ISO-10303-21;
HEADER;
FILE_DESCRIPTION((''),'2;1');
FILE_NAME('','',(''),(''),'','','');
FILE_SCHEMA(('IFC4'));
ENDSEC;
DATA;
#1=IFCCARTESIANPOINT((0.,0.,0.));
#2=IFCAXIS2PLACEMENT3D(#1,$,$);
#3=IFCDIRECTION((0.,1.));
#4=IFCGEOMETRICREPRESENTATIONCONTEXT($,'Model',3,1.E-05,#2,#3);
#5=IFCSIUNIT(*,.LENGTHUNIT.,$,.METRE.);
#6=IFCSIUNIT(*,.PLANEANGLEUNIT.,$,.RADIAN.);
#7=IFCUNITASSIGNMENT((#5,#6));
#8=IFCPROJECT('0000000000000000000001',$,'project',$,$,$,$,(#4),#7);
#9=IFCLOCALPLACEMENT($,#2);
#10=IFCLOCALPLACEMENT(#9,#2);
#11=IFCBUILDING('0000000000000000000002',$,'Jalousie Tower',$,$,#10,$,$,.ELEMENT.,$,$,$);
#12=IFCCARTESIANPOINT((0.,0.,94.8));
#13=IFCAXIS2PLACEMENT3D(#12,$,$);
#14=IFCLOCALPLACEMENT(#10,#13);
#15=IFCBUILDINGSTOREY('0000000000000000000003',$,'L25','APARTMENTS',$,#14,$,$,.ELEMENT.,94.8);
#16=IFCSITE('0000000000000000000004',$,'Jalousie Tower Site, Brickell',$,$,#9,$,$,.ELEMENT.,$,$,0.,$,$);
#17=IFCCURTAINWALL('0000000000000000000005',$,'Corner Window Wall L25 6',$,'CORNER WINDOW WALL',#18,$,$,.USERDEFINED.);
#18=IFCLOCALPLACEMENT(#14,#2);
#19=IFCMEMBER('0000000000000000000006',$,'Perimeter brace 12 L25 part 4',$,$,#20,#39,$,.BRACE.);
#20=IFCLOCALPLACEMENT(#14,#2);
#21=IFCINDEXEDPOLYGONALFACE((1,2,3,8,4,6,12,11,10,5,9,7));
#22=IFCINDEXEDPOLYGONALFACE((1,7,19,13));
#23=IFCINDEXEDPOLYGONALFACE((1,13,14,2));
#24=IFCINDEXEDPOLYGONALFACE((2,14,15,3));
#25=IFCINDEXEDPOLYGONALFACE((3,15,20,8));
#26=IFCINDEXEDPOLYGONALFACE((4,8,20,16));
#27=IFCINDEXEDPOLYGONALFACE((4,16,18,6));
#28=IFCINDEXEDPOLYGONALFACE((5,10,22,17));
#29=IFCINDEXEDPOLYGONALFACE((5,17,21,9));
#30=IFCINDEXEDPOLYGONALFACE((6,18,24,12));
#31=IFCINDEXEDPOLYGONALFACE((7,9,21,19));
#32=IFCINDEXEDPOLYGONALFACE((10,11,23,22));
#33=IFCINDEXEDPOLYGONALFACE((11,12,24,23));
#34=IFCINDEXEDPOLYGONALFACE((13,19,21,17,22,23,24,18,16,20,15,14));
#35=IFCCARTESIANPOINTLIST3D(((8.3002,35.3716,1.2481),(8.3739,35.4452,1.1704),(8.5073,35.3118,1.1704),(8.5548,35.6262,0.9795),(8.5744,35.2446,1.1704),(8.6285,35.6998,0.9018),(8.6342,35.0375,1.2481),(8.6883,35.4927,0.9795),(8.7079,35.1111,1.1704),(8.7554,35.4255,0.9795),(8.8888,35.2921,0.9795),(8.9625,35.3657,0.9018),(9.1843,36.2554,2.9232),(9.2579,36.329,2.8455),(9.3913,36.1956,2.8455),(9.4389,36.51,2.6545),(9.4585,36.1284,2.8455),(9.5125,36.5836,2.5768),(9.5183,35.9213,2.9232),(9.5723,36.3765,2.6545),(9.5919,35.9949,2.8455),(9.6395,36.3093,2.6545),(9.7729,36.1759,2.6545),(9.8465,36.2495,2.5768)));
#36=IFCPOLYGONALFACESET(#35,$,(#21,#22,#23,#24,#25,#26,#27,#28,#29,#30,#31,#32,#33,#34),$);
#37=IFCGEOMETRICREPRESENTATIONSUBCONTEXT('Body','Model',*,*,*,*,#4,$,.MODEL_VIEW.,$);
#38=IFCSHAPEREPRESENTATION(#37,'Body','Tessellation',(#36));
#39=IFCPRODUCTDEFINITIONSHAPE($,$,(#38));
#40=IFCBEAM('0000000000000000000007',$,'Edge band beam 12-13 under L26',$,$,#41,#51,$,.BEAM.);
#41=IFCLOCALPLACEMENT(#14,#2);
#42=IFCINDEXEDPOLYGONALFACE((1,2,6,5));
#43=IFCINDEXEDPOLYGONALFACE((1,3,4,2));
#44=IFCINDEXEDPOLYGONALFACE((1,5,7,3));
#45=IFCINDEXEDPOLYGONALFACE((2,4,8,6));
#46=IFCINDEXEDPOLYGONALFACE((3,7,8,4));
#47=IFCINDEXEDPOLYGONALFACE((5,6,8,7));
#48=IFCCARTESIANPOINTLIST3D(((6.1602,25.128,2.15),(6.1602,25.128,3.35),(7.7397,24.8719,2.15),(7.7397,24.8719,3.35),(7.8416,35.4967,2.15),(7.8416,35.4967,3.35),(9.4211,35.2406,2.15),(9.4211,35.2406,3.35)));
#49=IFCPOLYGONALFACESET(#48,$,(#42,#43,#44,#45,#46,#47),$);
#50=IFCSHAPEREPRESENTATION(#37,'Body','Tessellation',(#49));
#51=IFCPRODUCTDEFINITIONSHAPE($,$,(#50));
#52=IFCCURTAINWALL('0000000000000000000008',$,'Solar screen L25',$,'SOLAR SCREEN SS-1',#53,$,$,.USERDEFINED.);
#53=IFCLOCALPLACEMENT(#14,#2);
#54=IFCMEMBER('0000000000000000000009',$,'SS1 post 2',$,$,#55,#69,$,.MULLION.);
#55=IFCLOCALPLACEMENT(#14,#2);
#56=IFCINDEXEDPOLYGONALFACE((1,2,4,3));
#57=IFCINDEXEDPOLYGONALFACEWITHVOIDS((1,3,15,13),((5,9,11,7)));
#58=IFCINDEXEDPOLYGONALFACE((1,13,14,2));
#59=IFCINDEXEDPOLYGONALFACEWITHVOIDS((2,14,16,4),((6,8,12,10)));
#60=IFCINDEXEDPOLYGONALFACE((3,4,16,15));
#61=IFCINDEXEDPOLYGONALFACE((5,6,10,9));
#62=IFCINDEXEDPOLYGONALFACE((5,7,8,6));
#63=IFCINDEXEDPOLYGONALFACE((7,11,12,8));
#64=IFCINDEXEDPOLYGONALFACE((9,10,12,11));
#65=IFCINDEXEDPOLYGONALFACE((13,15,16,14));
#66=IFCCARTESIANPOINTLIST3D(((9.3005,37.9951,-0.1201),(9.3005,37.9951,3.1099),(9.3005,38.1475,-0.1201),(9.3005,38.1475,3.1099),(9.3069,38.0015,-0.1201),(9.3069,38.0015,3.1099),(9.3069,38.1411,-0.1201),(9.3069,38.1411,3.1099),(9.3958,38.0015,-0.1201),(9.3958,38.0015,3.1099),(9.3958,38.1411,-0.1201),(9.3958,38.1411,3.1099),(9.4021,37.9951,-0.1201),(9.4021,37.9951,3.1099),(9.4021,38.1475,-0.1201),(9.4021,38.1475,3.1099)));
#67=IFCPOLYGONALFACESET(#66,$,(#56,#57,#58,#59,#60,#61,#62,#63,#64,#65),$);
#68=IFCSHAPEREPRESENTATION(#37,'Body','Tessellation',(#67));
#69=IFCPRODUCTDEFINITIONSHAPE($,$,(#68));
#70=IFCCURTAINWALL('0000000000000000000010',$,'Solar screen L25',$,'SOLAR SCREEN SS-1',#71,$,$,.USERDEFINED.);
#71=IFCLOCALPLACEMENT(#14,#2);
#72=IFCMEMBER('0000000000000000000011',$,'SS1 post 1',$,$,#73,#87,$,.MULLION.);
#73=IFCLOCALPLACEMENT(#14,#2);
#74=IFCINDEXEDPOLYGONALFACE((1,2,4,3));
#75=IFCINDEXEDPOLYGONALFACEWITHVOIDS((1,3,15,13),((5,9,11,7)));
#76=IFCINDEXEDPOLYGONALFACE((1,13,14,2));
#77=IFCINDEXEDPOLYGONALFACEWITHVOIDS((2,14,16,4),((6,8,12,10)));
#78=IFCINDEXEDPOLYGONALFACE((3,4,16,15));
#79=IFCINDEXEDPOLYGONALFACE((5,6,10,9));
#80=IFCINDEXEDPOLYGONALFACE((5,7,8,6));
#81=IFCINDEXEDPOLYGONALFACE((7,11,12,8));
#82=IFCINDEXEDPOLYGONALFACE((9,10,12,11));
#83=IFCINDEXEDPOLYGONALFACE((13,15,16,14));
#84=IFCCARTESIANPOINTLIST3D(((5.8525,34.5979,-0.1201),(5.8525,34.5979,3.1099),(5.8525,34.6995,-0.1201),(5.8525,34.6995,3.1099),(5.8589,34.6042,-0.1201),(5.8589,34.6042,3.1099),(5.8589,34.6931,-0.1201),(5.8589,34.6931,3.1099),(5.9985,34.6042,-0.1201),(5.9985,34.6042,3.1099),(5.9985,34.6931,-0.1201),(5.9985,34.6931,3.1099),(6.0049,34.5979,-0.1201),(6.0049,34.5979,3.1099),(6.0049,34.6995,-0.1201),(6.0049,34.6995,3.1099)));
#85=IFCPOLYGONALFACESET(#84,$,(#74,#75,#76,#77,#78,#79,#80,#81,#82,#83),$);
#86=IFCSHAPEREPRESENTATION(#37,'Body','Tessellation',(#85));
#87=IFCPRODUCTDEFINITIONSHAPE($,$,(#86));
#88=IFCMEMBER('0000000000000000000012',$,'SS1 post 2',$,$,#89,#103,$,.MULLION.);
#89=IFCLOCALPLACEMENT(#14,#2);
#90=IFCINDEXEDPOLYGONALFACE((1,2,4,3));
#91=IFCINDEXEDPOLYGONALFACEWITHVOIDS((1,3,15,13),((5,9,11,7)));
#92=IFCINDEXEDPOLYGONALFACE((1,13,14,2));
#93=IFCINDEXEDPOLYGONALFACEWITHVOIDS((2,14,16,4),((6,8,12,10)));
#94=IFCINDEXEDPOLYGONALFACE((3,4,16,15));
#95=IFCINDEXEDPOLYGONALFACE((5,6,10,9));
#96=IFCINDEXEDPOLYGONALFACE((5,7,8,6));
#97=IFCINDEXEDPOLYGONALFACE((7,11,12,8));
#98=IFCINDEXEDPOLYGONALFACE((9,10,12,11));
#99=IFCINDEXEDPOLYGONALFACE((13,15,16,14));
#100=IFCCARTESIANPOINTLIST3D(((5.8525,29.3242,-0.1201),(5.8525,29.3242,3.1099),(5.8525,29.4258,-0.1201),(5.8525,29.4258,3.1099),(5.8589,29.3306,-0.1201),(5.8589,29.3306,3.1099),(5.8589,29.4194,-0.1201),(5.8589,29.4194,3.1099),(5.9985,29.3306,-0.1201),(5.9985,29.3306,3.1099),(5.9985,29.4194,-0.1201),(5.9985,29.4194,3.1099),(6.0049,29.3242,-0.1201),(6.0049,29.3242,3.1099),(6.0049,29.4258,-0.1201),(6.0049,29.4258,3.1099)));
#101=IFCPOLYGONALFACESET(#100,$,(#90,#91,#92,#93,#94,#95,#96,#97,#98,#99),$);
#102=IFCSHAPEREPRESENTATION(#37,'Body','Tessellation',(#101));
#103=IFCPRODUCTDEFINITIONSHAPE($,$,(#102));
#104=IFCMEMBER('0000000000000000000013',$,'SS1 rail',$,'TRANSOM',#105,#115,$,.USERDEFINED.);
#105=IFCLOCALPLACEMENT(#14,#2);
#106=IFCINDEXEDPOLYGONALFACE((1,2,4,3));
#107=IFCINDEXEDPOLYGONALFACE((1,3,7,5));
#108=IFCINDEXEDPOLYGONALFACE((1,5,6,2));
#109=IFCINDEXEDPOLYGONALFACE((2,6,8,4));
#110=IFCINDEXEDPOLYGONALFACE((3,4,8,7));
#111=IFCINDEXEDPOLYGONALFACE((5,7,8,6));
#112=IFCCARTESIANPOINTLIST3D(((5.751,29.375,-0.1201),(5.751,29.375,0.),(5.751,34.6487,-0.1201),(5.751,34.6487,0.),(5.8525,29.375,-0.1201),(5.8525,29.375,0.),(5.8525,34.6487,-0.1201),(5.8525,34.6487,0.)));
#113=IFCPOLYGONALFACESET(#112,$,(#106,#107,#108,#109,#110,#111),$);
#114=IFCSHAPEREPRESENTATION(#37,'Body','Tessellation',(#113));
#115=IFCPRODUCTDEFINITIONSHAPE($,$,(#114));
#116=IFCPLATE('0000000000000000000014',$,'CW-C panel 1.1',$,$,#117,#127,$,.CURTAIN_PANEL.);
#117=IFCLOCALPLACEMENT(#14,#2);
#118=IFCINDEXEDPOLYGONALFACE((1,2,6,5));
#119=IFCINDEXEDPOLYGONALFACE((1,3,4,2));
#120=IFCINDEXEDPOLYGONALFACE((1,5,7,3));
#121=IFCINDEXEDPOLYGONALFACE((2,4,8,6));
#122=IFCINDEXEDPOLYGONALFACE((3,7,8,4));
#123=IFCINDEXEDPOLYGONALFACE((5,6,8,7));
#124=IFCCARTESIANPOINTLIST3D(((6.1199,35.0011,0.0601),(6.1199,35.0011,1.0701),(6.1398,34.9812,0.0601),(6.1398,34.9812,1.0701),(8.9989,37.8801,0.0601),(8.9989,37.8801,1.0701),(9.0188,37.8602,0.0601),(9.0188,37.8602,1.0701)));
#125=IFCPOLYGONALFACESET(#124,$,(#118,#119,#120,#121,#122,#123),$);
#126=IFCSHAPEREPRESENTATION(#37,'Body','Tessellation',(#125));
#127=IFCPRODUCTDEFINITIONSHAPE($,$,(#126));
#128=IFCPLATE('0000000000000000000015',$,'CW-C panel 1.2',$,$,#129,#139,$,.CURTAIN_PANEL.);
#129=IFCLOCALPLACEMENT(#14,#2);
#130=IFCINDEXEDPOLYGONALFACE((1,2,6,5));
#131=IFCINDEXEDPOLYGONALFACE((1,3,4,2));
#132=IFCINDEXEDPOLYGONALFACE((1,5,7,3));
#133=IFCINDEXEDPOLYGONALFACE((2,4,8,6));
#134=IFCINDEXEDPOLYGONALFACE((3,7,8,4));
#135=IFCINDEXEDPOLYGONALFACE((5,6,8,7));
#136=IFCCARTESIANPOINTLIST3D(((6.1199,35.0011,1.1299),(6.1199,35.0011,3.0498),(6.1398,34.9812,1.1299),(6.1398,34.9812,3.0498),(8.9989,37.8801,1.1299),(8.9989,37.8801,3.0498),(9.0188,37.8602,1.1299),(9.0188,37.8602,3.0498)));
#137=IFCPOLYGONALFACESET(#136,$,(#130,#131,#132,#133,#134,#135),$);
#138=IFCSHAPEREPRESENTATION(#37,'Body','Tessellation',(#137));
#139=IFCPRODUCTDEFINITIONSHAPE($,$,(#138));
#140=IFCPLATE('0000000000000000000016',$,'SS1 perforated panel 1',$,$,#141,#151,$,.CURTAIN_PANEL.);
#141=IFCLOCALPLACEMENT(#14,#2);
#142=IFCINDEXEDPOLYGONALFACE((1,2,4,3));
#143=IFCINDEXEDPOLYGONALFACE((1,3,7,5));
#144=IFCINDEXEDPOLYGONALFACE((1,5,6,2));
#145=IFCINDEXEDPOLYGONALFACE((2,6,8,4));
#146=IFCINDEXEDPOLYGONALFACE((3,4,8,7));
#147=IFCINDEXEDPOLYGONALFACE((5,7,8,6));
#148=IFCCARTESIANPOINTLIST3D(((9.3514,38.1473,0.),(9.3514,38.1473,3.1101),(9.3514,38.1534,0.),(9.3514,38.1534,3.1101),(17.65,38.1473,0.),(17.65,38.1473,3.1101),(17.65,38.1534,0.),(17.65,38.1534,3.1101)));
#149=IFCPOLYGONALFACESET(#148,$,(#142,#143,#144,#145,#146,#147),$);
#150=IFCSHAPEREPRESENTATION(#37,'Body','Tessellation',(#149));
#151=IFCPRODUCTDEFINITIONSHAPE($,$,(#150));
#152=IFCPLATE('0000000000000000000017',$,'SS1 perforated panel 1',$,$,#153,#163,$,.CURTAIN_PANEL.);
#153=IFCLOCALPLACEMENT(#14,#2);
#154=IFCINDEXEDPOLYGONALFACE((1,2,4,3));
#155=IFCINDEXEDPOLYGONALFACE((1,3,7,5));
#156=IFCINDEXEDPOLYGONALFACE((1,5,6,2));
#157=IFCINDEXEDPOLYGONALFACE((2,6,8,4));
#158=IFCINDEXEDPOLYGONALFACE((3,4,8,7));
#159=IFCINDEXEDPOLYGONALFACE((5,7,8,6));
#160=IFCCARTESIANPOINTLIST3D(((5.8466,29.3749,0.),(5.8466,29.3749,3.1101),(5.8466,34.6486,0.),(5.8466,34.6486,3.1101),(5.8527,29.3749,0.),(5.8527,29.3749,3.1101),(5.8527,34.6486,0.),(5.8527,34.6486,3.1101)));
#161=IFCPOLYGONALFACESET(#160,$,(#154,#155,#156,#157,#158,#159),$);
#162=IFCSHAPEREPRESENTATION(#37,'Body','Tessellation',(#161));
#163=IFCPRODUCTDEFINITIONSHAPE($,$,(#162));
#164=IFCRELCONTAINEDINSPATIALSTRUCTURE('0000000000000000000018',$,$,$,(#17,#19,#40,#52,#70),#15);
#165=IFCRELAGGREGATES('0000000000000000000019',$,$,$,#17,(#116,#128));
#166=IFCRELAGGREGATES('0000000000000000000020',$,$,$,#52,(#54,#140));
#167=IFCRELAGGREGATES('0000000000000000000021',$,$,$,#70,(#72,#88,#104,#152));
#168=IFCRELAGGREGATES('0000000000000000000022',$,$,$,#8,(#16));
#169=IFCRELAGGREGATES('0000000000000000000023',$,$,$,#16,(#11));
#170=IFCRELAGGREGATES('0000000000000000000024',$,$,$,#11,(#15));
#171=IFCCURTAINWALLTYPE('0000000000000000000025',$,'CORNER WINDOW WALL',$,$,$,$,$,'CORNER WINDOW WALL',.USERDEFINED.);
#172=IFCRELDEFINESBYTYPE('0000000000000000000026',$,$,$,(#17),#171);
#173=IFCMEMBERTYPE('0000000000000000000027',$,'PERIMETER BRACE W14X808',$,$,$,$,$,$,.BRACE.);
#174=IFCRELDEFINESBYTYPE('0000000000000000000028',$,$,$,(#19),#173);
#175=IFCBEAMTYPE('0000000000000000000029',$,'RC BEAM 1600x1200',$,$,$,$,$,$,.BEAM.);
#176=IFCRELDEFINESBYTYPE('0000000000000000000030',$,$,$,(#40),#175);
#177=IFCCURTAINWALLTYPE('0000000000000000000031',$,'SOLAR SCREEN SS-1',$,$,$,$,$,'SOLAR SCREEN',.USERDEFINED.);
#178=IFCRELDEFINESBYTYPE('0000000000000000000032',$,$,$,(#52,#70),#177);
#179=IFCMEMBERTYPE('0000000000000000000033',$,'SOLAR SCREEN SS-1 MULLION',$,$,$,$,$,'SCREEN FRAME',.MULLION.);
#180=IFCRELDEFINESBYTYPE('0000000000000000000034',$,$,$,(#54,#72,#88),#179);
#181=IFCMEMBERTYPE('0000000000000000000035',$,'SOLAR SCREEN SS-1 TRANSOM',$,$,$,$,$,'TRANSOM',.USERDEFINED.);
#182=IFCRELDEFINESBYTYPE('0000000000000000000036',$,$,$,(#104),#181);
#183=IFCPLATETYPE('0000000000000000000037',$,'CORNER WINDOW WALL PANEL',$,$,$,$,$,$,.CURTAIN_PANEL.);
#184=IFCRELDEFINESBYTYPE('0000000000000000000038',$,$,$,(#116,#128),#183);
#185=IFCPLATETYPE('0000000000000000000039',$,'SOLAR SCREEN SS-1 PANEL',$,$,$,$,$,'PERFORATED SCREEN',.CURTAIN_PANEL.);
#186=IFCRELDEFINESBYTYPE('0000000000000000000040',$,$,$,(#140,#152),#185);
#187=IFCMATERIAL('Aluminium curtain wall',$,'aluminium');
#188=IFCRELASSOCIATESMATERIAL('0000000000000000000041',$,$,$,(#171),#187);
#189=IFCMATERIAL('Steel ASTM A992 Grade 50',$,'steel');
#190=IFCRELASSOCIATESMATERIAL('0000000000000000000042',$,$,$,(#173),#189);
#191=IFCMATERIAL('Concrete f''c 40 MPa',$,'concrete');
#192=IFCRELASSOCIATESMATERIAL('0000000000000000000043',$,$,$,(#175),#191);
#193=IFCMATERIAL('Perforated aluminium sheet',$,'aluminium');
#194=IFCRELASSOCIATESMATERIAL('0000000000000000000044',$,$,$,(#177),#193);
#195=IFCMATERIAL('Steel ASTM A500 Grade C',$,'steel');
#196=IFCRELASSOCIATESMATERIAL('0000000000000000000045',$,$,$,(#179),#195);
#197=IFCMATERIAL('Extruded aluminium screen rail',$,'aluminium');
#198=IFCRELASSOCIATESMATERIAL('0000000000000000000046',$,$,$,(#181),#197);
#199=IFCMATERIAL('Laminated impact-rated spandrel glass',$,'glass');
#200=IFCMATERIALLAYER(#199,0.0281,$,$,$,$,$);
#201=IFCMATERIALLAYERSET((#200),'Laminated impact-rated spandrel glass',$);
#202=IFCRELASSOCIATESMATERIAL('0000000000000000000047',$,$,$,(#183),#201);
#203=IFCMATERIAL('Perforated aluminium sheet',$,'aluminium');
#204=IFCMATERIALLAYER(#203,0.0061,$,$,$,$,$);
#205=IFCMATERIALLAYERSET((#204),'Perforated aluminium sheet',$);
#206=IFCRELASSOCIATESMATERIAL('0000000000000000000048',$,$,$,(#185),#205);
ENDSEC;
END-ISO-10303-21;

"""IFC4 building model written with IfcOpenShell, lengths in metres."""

from ifc_helpers import new_model, si_unit, direction, frame, origin, origin_2d, place, context, subcontext, project, spatial, rectangle, hollow_rectangle, i_section, extrude, material, layer, layer_set, material_profile, profile_set, type_object, element, aggregate, save


model = new_model("IFC4")

# Units and contexts
model_context = context("Model", 3, precision=1e-05, world=origin(), true_north=direction((0.0, 1.0)))
body_context = subcontext(model_context, "Body", "Model", "MODEL_VIEW")
ifc_project = project(units=[si_unit("LENGTHUNIT", "METRE"), si_unit("PLANEANGLEUNIT", "RADIAN")], contexts=[model_context])

# Site, building, storey
site_placement = place(None, origin())
site = spatial("IfcSite", under=ifc_project, at=site_placement, Name="Jalousie Tower Site, Brickell", CompositionType="ELEMENT", RefElevation=0.0)
building_placement = place(site_placement, origin())
building = spatial("IfcBuilding", under=site, at=building_placement, Name="Jalousie Tower", CompositionType="ELEMENT")
storey_placement = place(building_placement, frame((0.0, 0.0, 94.8)))
storey = spatial("IfcBuildingStorey", under=building, at=storey_placement, Name="L25", Description="APARTMENTS", CompositionType="ELEMENT", Elevation=94.8)

# Curtain wall
ifc_material_1 = material(Name="Aluminium curtain wall", Category="aluminium")
curtain_wall_type_1 = type_object("IfcCurtainWallType", Name="CORNER WINDOW WALL", ElementType="CORNER WINDOW WALL", PredefinedType="USERDEFINED", material=ifc_material_1)
curtain_wall_1_placement = place(storey_placement, origin())
curtain_wall_1 = element("IfcCurtainWall", 1, at=curtain_wall_1_placement, inside=storey, type_object=curtain_wall_type_1, Name="Corner Window Wall L25 6", ObjectType="CORNER WINDOW WALL", PredefinedType="USERDEFINED")

# Member
ifc_material_2 = material(Name="Steel ASTM A992 Grade 50", Category="steel")
ifc_material_profile_1 = material_profile(ifc_material_2, i_section(OverallWidth=0.4724, OverallDepth=0.5791, WebThickness=0.095, FlangeThickness=0.1299, at=origin_2d()), Name="W14X808")
ifc_profile_set_1 = profile_set([ifc_material_profile_1], Name="Steel ASTM A992 Grade 50")
member_type_1 = type_object("IfcMemberType", Name="PERIMETER BRACE W14X808", PredefinedType="BRACE", material=ifc_profile_set_1)
for number, where, z_axis, x_axis, name in (
    (2, (8.6313, 35.3687, 1.075), (0.422969, 0.422852, 0.801432), (-0.707009, 0.707204, 0.0), "Perimeter brace 12 L25 part 4"),
):
    element("IfcMember", number, at=place(storey_placement, frame(where, z_axis=z_axis, x_axis=x_axis)), inside=storey, type_object=member_type_1, Name=name, PredefinedType="BRACE", context=body_context, shape_type="SweptSolid", body=[
        extrude(i_section(OverallWidth=0.4724, OverallDepth=0.5791, WebThickness=0.095, FlangeThickness=0.1299, at=origin_2d()), origin(), (0.0, 0.0, 1.0), 2.0901),
    ])

# Beam
ifc_material_3 = material(Name="Concrete f'c 40 MPa", Category="concrete")
ifc_material_profile_2 = material_profile(ifc_material_3, rectangle(XDim=1.6001, YDim=1.2, at=origin_2d()), Name="RC 1600x1200")
ifc_profile_set_2 = profile_set([ifc_material_profile_2], Name="Concrete f'c 40 MPa")
beam_type_1 = type_object("IfcBeamType", Name="RC BEAM 1600x1200", PredefinedType="BEAM", material=ifc_profile_set_2)
beam_1_placement = place(storey_placement, frame((8.6313, 35.3687, 2.75), z_axis=(-0.160071, -0.987106, 0.0), x_axis=(0.987106, -0.160071, 0.0)))
element("IfcBeam", 3, at=beam_1_placement, inside=storey, type_object=beam_type_1, Name="Edge band beam 12-13 under L26", PredefinedType="BEAM", context=body_context, shape_type="SweptSolid", body=[
    extrude(rectangle(XDim=1.6001, YDim=1.2, at=origin_2d()), origin(), (0.0, 0.0, 1.0), 10.5042),
])

# Curtain wall, member
ifc_material_4 = material(Name="Perforated aluminium sheet", Category="aluminium")
curtain_wall_type_2 = type_object("IfcCurtainWallType", Name="SOLAR SCREEN SS-1", ElementType="SOLAR SCREEN", PredefinedType="USERDEFINED", material=ifc_material_4)
curtain_wall_2_placement = place(storey_placement, origin())
curtain_wall_2 = element("IfcCurtainWall", 4, at=curtain_wall_2_placement, inside=storey, type_object=curtain_wall_type_2, Name="Solar screen L25", ObjectType="SOLAR SCREEN SS-1", PredefinedType="USERDEFINED")
ifc_material_5 = material(Name="Steel ASTM A500 Grade C", Category="steel")
ifc_material_profile_3 = material_profile(ifc_material_5, hollow_rectangle(XDim=0.1016, YDim=0.1523, WallThickness=0.0063, at=origin_2d()), Name="HSS6X4X1/4")
ifc_profile_set_3 = profile_set([ifc_material_profile_3], Name="Steel ASTM A500 Grade C")
member_type_2 = type_object("IfcMemberType", Name="SOLAR SCREEN SS-1 MULLION", ElementType="SCREEN FRAME", PredefinedType="MULLION", material=ifc_profile_set_3)
member_1_placement = place(storey_placement, frame((9.3513, 38.0713, -0.1201), z_axis=(0.0, 0.0, 1.0), x_axis=(-1.0, 0.0, 0.0)))
member_1 = element("IfcMember", 5, at=member_1_placement, type_object=member_type_2, Name="SS1 post 2", PredefinedType="MULLION", context=body_context, shape_type="SweptSolid", body=[
    extrude(hollow_rectangle(XDim=0.1016, YDim=0.1523, WallThickness=0.0063, at=origin_2d()), origin(), (0.0, 0.0, 1.0), 3.23),
])

# Curtain wall, members
curtain_wall_3_placement = place(storey_placement, origin())
curtain_wall_3 = element("IfcCurtainWall", 6, at=curtain_wall_3_placement, inside=storey, type_object=curtain_wall_type_2, Name="Solar screen L25", ObjectType="SOLAR SCREEN SS-1", PredefinedType="USERDEFINED")
member_2_placement = place(storey_placement, frame((5.9287, 34.6487, -0.1201), z_axis=(0.0, 0.0, 1.0), x_axis=(0.0, -1.0, 0.0)))
member_2 = element("IfcMember", 7, at=member_2_placement, type_object=member_type_2, Name="SS1 post 1", PredefinedType="MULLION", context=body_context, shape_type="SweptSolid", body=[
    extrude(hollow_rectangle(XDim=0.1016, YDim=0.1523, WallThickness=0.0063, at=origin_2d()), origin(), (0.0, 0.0, 1.0), 3.23),
])
member_3_placement = place(storey_placement, frame((5.9287, 29.375, -0.1201), z_axis=(0.0, 0.0, 1.0), x_axis=(0.0, -1.0, 0.0)))
member_3 = element("IfcMember", 8, at=member_3_placement, type_object=member_type_2, Name="SS1 post 2", PredefinedType="MULLION", context=body_context, shape_type="SweptSolid", body=[
    extrude(hollow_rectangle(XDim=0.1016, YDim=0.1523, WallThickness=0.0063, at=origin_2d()), origin(), (0.0, 0.0, 1.0), 3.23),
])
ifc_material_6 = material(Name="Extruded aluminium screen rail", Category="aluminium")
ifc_material_profile_4 = material_profile(ifc_material_6, rectangle(XDim=0.1016, YDim=0.1201, at=origin_2d()), Name="RAIL 102x120")
ifc_profile_set_4 = profile_set([ifc_material_profile_4], Name="Extruded aluminium screen rail")
member_type_3 = type_object("IfcMemberType", Name="SOLAR SCREEN SS-1 TRANSOM", ElementType="TRANSOM", PredefinedType="USERDEFINED", material=ifc_profile_set_4)
member_4_placement = place(storey_placement, frame((5.8018, 34.6487, -0.0601), z_axis=(0.0, -1.0, 0.0), x_axis=(1.0, 0.0, 0.0)))
member_4 = element("IfcMember", 9, at=member_4_placement, type_object=member_type_3, Name="SS1 rail", ObjectType="TRANSOM", PredefinedType="USERDEFINED", context=body_context, shape_type="SweptSolid", body=[
    extrude(rectangle(XDim=0.1016, YDim=0.1201, at=origin_2d()), origin(), (0.0, 0.0, 1.0), 5.2737),
])

# Plates
ifc_material_7 = material(Name="Laminated impact-rated spandrel glass", Category="glass")
ifc_layer_1 = layer(ifc_material_7, 0.0281)
ifc_layer_set_1 = layer_set([ifc_layer_1], Name="Laminated impact-rated spandrel glass")
plate_type_1 = type_object("IfcPlateType", Name="CORNER WINDOW WALL PANEL", PredefinedType="CURTAIN_PANEL", material=ifc_layer_set_1)
plate_1_placement = place(storey_placement, frame((7.5693, 36.4307, 0.0601), z_axis=(0.0, 0.0, 1.0), x_axis=(-0.707107, -0.707107, 0.0)))
plate_1 = element("IfcPlate", 10, at=plate_1_placement, type_object=plate_type_1, Name="CW-C panel 1.1", PredefinedType="CURTAIN_PANEL", context=body_context, shape_type="SweptSolid", body=[
    extrude(rectangle(XDim=4.0715, YDim=0.0281, at=origin_2d()), origin(), (0.0, 0.0, 1.0), 1.01),
])
plate_2_placement = place(storey_placement, frame((7.5693, 36.4307, 1.1299), z_axis=(0.0, 0.0, 1.0), x_axis=(-0.707107, -0.707107, 0.0)))
plate_2 = element("IfcPlate", 11, at=plate_2_placement, type_object=plate_type_1, Name="CW-C panel 1.2", PredefinedType="CURTAIN_PANEL", context=body_context, shape_type="SweptSolid", body=[
    extrude(rectangle(XDim=4.0715, YDim=0.0281, at=origin_2d()), origin(), (0.0, 0.0, 1.0), 1.9199),
])
aggregate(curtain_wall_1, [plate_1, plate_2])
ifc_material_8 = material(Name="Perforated aluminium sheet", Category="aluminium")
ifc_layer_2 = layer(ifc_material_8, 0.0061)
ifc_layer_set_2 = layer_set([ifc_layer_2], Name="Perforated aluminium sheet")
plate_type_2 = type_object("IfcPlateType", Name="SOLAR SCREEN SS-1 PANEL", ElementType="PERFORATED SCREEN", PredefinedType="CURTAIN_PANEL", material=ifc_layer_set_2)
plate_3_placement = place(storey_placement, frame((13.5007, 38.1504, 0.0), z_axis=(0.0, 0.0, 1.0), x_axis=(-1.0, 0.0, 0.0)))
plate_3 = element("IfcPlate", 12, at=plate_3_placement, type_object=plate_type_2, Name="SS1 perforated panel 1", PredefinedType="CURTAIN_PANEL", context=body_context, shape_type="SweptSolid", body=[
    extrude(rectangle(XDim=8.2986, YDim=0.0061, at=origin_2d()), origin(), (0.0, 0.0, 1.0), 3.1101),
])
aggregate(curtain_wall_2, [member_1, plate_3])
plate_4_placement = place(storey_placement, frame((5.8496, 32.0117, 0.0), z_axis=(0.0, 0.0, 1.0), x_axis=(0.0, -1.0, 0.0)))
plate_4 = element("IfcPlate", 13, at=plate_4_placement, type_object=plate_type_2, Name="SS1 perforated panel 1", PredefinedType="CURTAIN_PANEL", context=body_context, shape_type="SweptSolid", body=[
    extrude(rectangle(XDim=5.2737, YDim=0.0061, at=origin_2d()), origin(), (0.0, 0.0, 1.0), 3.1101),
])
aggregate(curtain_wall_3, [member_2, member_3, member_4, plate_4])

save(model, "model.ifc")
